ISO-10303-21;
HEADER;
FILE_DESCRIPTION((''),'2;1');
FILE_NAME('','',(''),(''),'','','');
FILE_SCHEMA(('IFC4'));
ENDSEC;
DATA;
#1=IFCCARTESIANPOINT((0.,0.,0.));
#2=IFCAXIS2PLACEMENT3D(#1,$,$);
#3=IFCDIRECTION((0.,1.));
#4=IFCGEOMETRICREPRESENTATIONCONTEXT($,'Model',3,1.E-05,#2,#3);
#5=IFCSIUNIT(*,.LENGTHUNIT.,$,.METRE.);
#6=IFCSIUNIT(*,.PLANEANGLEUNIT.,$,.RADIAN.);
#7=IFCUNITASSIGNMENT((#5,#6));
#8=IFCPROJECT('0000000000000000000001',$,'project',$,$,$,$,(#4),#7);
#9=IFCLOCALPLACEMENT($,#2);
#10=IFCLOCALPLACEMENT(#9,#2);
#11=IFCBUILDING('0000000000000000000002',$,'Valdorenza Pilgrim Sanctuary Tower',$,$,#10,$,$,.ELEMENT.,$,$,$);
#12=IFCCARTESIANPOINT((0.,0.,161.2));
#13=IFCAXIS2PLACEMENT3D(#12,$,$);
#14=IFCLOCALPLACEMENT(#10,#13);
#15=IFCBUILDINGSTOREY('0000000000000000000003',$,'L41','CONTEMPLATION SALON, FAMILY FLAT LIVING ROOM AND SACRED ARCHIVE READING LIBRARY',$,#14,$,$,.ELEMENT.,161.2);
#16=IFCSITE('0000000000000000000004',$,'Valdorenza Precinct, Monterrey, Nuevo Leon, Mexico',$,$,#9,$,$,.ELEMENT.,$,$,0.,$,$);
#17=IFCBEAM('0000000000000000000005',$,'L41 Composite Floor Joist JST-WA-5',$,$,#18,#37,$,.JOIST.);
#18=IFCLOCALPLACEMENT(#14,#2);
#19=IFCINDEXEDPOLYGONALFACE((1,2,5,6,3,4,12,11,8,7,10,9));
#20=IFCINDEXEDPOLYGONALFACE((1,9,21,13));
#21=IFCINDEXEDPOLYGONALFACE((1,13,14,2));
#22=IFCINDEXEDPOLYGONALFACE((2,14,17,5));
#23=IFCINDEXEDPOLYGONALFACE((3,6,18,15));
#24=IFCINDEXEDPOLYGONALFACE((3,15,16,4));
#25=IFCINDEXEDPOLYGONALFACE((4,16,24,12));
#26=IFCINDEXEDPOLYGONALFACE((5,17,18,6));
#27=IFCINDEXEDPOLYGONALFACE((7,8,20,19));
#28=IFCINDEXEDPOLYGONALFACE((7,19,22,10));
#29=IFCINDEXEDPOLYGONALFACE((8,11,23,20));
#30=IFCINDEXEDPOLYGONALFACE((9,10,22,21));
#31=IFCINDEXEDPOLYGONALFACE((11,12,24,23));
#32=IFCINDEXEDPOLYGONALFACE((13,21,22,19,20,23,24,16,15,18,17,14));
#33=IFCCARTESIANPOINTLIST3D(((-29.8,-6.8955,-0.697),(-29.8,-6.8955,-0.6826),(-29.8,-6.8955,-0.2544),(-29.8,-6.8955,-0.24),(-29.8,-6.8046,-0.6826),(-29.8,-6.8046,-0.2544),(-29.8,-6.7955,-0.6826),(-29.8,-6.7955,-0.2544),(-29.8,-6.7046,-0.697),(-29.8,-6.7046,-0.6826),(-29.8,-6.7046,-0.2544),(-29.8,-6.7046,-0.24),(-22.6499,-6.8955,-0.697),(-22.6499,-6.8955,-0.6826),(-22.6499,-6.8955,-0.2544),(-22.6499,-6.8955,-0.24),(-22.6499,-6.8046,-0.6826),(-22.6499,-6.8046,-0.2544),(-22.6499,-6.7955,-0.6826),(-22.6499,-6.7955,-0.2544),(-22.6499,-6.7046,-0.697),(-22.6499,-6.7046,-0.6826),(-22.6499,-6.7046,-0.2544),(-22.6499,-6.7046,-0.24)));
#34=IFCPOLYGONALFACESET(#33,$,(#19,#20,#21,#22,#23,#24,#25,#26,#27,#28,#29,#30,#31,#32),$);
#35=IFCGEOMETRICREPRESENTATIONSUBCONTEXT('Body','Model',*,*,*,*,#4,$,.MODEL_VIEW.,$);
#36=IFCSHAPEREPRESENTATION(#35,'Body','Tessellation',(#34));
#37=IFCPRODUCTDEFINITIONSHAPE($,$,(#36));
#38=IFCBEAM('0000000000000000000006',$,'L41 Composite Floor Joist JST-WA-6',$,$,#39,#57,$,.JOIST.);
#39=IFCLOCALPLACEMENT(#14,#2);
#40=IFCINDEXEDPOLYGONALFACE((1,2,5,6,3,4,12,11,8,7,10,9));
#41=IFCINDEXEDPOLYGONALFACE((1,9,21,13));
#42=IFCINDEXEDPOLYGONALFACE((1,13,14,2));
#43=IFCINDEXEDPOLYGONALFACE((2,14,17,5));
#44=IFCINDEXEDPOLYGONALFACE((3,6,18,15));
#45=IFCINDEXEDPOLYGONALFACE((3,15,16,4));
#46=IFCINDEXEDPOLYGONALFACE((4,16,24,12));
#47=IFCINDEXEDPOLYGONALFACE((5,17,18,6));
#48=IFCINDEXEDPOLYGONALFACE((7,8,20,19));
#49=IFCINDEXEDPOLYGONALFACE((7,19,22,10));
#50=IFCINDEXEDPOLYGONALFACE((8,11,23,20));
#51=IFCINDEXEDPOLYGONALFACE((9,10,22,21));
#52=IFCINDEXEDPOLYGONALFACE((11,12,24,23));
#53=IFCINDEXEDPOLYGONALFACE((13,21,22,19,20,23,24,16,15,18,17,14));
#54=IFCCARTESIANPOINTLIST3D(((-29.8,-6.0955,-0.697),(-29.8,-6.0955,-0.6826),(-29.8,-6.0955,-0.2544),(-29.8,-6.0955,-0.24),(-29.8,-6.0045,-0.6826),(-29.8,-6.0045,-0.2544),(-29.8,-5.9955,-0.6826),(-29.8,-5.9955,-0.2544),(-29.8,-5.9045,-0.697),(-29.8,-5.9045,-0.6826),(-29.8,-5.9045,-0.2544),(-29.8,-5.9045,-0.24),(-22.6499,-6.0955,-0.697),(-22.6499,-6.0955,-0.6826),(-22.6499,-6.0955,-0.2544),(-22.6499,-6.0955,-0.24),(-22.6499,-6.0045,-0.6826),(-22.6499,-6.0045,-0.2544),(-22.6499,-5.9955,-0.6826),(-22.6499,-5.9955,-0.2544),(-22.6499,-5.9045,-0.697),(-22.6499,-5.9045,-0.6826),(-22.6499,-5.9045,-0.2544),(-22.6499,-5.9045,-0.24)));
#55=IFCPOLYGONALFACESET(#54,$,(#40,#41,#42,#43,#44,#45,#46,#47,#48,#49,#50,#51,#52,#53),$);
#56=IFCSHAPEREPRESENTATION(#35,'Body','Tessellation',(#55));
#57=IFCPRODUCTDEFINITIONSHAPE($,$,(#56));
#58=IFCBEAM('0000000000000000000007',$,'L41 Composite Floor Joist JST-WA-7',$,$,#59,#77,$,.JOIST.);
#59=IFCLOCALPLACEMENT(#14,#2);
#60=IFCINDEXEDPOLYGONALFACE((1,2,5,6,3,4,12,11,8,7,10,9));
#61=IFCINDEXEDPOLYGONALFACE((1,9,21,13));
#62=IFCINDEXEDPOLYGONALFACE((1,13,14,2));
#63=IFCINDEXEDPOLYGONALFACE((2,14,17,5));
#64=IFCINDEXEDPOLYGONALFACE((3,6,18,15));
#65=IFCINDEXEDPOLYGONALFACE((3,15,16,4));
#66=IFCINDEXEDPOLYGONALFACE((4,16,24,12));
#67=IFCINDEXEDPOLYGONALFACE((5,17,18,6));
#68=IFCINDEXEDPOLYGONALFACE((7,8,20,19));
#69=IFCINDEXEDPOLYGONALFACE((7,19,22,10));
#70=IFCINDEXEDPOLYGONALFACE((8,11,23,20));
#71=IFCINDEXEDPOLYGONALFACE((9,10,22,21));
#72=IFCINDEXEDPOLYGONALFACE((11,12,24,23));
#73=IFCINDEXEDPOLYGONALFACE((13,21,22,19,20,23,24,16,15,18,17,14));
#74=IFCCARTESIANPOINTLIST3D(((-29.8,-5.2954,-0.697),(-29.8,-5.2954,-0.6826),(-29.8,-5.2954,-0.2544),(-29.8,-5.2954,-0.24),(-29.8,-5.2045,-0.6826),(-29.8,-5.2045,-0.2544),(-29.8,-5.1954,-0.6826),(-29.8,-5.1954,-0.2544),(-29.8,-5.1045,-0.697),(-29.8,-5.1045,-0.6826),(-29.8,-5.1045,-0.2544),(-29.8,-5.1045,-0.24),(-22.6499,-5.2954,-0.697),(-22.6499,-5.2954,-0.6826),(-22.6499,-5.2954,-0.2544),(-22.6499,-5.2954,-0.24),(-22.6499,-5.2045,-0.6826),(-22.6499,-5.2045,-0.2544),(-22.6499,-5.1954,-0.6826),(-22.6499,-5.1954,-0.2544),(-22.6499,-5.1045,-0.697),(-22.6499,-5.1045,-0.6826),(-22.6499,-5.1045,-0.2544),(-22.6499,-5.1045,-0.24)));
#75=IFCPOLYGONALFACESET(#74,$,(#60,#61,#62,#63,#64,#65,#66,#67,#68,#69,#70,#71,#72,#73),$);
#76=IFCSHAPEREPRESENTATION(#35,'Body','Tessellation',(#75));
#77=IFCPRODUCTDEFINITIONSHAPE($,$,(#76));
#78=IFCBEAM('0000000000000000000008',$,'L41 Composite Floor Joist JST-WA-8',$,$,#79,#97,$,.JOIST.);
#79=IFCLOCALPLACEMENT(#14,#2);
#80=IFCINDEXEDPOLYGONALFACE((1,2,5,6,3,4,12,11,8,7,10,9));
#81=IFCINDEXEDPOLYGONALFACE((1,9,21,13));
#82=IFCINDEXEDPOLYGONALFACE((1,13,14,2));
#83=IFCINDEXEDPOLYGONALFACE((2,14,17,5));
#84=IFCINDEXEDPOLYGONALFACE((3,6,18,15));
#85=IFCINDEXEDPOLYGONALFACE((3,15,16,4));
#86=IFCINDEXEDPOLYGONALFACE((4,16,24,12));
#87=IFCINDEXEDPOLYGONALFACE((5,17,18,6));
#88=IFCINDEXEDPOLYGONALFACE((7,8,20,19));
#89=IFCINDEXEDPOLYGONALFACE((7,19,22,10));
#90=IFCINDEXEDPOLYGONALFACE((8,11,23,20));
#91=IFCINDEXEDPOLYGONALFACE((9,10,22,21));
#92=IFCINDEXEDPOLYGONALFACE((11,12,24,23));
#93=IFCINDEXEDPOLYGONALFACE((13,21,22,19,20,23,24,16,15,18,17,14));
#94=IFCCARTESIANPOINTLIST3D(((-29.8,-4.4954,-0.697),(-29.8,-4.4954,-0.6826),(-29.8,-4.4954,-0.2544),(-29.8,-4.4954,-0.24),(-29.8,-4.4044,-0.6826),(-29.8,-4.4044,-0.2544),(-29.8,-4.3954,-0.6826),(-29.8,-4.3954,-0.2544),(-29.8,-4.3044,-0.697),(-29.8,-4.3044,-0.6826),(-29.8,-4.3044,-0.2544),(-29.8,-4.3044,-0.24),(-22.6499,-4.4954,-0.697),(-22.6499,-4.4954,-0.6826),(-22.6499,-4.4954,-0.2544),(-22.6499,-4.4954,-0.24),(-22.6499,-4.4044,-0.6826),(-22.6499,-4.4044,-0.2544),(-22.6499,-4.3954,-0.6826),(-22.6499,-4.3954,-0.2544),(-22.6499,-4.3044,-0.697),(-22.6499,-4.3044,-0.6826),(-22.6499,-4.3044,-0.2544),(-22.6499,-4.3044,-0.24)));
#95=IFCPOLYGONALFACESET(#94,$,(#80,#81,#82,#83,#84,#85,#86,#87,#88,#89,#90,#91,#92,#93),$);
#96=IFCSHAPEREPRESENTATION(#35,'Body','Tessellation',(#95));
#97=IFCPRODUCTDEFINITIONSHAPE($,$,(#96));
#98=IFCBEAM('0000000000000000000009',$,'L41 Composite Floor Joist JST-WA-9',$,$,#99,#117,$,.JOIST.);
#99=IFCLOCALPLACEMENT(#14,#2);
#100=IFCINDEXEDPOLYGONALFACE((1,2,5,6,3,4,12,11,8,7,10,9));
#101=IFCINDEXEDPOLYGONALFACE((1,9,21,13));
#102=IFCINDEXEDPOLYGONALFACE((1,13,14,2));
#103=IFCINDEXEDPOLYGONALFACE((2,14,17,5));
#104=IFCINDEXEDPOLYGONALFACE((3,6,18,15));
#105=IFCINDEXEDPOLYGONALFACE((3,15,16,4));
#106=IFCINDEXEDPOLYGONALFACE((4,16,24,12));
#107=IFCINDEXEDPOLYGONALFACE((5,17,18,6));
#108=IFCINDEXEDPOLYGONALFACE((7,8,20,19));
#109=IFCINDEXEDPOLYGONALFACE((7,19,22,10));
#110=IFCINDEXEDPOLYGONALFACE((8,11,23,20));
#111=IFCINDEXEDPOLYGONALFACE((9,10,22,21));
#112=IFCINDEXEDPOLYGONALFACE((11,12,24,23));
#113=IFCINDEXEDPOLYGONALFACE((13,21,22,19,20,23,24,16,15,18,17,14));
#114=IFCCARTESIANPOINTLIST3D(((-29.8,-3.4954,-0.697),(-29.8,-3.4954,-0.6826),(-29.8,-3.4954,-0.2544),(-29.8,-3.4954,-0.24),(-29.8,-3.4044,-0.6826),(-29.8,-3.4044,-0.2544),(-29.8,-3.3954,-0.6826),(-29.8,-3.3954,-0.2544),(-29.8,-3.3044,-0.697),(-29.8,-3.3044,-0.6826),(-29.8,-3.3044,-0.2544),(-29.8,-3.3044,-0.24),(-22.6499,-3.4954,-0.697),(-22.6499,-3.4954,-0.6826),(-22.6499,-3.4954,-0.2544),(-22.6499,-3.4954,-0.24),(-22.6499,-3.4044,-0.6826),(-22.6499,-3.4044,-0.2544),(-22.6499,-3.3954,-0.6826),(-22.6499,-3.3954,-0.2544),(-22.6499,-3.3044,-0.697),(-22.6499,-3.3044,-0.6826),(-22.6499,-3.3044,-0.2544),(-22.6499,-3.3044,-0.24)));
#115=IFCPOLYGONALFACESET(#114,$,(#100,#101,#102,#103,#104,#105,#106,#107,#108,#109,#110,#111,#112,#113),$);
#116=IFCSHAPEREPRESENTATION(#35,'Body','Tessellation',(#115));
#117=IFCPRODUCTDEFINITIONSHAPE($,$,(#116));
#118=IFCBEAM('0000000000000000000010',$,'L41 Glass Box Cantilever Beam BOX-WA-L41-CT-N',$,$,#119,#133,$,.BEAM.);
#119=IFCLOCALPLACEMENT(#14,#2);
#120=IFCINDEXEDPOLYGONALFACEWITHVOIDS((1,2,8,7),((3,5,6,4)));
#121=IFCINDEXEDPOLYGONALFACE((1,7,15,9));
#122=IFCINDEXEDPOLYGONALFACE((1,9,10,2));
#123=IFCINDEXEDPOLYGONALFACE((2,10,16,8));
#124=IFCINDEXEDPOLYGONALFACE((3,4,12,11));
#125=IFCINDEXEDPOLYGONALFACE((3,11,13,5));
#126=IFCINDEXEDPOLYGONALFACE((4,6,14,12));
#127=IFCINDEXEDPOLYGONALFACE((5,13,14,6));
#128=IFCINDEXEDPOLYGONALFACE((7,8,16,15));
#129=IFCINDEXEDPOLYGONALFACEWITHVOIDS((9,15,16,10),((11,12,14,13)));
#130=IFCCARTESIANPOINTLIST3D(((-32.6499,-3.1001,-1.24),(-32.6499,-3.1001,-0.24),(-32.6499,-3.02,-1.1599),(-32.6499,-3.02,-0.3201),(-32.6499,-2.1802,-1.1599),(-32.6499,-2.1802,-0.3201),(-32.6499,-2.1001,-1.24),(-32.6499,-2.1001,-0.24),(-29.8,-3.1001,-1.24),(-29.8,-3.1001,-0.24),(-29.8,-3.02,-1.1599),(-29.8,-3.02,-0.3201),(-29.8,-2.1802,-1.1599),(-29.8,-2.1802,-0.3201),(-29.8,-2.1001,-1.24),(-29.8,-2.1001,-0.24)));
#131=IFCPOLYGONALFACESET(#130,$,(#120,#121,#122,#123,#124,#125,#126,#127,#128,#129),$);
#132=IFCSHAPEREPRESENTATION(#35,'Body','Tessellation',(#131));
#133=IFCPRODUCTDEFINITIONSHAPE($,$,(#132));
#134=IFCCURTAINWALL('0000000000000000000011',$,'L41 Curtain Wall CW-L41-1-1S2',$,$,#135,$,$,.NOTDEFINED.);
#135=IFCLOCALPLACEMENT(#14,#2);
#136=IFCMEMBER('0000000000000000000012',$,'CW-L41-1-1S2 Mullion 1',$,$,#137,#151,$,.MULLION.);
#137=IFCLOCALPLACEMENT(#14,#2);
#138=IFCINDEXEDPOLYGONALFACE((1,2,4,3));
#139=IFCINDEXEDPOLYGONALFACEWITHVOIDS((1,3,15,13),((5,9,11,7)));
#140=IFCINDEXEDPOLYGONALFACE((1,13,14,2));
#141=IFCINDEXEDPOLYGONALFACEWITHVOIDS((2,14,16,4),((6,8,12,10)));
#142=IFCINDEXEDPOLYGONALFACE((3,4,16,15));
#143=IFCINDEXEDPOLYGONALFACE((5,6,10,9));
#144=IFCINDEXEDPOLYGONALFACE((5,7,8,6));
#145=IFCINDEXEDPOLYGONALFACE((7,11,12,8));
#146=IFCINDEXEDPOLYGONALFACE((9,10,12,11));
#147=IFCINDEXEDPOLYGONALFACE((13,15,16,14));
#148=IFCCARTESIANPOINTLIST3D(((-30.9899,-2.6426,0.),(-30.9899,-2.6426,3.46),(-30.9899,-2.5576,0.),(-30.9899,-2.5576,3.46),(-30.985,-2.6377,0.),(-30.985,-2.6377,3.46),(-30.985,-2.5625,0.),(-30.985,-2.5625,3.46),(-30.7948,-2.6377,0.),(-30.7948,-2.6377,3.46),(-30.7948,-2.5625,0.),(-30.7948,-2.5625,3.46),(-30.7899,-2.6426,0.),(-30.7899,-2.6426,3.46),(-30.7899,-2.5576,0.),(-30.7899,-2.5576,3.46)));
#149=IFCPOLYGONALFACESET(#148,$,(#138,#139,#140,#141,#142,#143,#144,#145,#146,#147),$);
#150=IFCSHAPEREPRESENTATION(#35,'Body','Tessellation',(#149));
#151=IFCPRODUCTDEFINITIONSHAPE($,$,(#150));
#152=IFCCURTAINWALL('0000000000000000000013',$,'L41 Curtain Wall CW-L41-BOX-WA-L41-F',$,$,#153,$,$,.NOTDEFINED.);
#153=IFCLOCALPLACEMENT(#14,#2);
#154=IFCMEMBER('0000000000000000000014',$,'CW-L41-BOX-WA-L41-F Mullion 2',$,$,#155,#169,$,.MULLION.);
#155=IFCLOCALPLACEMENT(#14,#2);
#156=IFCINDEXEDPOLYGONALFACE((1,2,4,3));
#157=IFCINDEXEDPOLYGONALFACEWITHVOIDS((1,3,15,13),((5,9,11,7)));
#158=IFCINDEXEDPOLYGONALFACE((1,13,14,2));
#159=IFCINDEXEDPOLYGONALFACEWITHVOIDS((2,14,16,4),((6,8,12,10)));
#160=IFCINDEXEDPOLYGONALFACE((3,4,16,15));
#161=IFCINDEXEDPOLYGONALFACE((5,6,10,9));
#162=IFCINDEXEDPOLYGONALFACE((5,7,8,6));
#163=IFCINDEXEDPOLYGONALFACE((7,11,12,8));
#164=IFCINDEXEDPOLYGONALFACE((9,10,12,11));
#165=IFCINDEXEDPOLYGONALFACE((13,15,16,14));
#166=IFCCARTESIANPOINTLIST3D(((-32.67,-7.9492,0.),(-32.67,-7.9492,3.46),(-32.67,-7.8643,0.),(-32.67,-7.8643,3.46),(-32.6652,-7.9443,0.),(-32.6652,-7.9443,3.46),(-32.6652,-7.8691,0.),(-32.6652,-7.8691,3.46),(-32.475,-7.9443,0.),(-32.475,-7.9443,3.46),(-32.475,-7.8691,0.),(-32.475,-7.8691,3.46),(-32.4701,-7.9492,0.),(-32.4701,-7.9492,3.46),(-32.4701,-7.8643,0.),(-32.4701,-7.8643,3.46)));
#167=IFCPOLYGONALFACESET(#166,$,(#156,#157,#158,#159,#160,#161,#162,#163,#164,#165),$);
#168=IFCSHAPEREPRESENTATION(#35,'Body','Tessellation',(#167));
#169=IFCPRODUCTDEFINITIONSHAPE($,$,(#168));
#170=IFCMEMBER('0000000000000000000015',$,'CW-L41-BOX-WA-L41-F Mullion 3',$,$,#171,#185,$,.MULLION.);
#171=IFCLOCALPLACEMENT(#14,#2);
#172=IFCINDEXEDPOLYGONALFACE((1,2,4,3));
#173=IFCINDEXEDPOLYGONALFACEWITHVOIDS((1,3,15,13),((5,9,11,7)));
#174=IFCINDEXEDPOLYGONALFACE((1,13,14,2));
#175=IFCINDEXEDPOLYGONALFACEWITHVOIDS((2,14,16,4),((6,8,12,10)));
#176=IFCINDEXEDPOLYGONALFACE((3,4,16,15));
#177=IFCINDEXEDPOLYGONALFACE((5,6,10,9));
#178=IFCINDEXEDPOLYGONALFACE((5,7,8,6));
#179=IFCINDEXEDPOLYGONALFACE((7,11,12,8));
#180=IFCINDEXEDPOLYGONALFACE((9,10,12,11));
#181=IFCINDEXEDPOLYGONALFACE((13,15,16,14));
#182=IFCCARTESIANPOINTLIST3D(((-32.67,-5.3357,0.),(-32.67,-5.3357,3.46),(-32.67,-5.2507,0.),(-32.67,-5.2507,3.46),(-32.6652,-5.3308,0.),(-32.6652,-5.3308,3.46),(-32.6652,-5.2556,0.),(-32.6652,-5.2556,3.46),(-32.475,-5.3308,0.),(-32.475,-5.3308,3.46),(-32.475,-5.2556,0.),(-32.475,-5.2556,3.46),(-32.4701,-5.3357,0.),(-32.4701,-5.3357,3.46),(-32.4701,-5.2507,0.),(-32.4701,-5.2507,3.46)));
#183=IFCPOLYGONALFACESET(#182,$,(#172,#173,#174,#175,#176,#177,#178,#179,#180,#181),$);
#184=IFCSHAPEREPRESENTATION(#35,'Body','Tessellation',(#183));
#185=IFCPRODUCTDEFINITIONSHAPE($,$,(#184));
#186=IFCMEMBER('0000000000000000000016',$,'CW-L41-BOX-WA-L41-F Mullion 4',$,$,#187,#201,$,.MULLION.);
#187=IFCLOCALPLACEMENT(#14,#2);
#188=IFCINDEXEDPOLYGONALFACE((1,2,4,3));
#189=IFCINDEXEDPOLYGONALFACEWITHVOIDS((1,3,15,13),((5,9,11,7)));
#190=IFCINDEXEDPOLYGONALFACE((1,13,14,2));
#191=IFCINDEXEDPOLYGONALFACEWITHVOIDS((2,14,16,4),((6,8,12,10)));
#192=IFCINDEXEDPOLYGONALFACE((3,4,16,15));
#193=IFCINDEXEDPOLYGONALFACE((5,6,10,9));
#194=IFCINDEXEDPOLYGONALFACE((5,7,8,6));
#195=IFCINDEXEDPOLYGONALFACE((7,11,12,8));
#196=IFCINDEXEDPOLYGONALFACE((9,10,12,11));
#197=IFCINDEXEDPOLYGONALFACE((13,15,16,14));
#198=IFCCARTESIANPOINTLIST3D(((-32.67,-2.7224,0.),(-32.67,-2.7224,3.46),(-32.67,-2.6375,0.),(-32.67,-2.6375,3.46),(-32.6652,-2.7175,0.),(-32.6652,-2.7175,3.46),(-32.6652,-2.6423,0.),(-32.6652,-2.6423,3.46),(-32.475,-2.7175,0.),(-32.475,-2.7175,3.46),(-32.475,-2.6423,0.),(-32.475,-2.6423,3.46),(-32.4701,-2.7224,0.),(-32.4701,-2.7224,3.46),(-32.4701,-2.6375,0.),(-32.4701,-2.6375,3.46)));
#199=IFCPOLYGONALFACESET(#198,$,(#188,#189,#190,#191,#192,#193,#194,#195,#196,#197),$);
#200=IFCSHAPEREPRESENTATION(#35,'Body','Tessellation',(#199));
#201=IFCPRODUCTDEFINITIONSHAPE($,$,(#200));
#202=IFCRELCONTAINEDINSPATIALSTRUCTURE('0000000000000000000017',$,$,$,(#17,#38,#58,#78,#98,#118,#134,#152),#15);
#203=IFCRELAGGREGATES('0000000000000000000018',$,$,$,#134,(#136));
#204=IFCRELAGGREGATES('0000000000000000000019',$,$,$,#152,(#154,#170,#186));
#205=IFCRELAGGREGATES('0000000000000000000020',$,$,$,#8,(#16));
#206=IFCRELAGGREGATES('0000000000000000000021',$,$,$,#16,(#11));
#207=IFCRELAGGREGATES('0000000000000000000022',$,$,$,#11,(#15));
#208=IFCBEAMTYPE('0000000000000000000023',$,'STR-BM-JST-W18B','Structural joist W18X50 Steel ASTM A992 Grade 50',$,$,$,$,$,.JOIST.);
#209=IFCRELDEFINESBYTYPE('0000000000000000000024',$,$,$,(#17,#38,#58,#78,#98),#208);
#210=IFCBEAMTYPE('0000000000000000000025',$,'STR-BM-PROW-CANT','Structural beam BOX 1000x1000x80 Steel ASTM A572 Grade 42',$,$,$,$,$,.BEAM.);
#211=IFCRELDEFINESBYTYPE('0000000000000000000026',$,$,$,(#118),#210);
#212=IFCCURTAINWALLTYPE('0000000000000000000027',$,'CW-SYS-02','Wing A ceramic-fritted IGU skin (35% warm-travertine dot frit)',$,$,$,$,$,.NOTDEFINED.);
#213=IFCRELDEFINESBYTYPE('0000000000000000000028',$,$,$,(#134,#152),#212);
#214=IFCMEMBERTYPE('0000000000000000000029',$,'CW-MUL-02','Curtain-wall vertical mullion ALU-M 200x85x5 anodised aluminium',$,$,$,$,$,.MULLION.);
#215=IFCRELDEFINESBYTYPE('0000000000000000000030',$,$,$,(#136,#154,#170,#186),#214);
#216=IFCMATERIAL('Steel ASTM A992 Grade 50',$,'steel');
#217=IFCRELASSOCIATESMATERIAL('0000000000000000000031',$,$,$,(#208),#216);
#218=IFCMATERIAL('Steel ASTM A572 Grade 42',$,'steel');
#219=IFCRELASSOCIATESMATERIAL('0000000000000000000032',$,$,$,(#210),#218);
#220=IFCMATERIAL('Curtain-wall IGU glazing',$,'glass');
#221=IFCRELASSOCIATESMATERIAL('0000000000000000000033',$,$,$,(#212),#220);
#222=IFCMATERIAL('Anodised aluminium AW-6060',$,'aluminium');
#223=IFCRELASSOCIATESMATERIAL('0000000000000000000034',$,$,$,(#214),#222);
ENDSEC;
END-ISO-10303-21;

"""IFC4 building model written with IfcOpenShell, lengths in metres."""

from ifc_helpers import new_model, si_unit, direction, frame, origin, origin_2d, place, context, subcontext, project, spatial, hollow_rectangle, i_section, extrude, source, transform, mapped, material, material_profile, profile_set, type_object, element, aggregate, save


model = new_model("IFC4")

# Units and contexts
model_context = context("Model", 3, precision=1e-05, world=origin(), true_north=direction((0.0, 1.0)))
body_context = subcontext(model_context, "Body", "Model", "MODEL_VIEW")
ifc_project = project(units=[si_unit("LENGTHUNIT", "METRE"), si_unit("PLANEANGLEUNIT", "RADIAN")], contexts=[model_context])

# Site, building, storey
site_placement = place(None, origin())
site = spatial("IfcSite", under=ifc_project, at=site_placement, Name="Valdorenza Precinct, Monterrey, Nuevo Leon, Mexico", CompositionType="ELEMENT", RefElevation=0.0)
building_placement = place(site_placement, origin())
building = spatial("IfcBuilding", under=site, at=building_placement, Name="Valdorenza Pilgrim Sanctuary Tower", CompositionType="ELEMENT")
storey_placement = place(building_placement, frame((0.0, 0.0, 161.2)))
storey = spatial("IfcBuildingStorey", under=building, at=storey_placement, Name="L41", Description="CONTEMPLATION SALON, FAMILY FLAT LIVING ROOM AND SACRED ARCHIVE READING LIBRARY", CompositionType="ELEMENT", Elevation=161.2)

# Beams
ifc_material_1 = material(Name="Steel ASTM A992 Grade 50", Category="steel")
ifc_material_profile_1 = material_profile(ifc_material_1, i_section(OverallWidth=0.1909, OverallDepth=0.457, WebThickness=0.009, FlangeThickness=0.0144, at=origin_2d()), Name="W18X50")
ifc_profile_set_1 = profile_set([ifc_material_profile_1], Name="Steel ASTM A992 Grade 50")
beam_type_1 = type_object("IfcBeamType", Name="STR-BM-JST-W18B", Description="Structural joist W18X50 Steel ASTM A992 Grade 50", PredefinedType="JOIST", material=ifc_profile_set_1)
shared_shape_1 = source(origin(), body_context, "Body", "SweptSolid", [
    extrude(i_section(OverallWidth=0.1909, OverallDepth=0.457, WebThickness=0.009, FlangeThickness=0.0144, at=origin_2d()), origin(), (0.0, 0.0, 1.0), 7.1501),
])
for number, where, z_axis, x_axis, name in (
    (1, (-29.8, -6.8, -0.4685), (1.0, 0.0, 0.0), (0.0, 1.0, 0.0), "L41 Composite Floor Joist JST-WA-5"),
    (2, (-29.8, -6.0, -0.4685), (1.0, 0.0, 0.0), (0.0, 1.0, 0.0), "L41 Composite Floor Joist JST-WA-6"),
    (3, (-29.8, -5.2, -0.4685), (1.0, 0.0, 0.0), (0.0, 1.0, 0.0), "L41 Composite Floor Joist JST-WA-7"),
    (4, (-29.8, -4.3999, -0.4685), (1.0, 0.0, 0.0), (0.0, 1.0, 0.0), "L41 Composite Floor Joist JST-WA-8"),
    (5, (-29.8, -3.3999, -0.4685), (1.0, 0.0, 0.0), (0.0, 1.0, 0.0), "L41 Composite Floor Joist JST-WA-9"),
):
    element("IfcBeam", number, at=place(storey_placement, frame(where, z_axis=z_axis, x_axis=x_axis)), inside=storey, type_object=beam_type_1, Name=name, PredefinedType="JOIST", context=body_context, shape_type="MappedRepresentation", body=[
        mapped(shared_shape_1, transform((0.0, 0.0, 0.0), x_axis=(1.0, 0.0, 0.0), y_axis=(0.0, 1.0, 0.0), z_axis=(0.0, 0.0, 1.0), scale=1.0)),
    ])
ifc_material_2 = material(Name="Steel ASTM A572 Grade 42", Category="steel")
ifc_material_profile_2 = material_profile(ifc_material_2, hollow_rectangle(XDim=1.0, YDim=1.0, WallThickness=0.0801, at=origin_2d()), Name="BOX 1000x1000x80")
ifc_profile_set_2 = profile_set([ifc_material_profile_2], Name="Steel ASTM A572 Grade 42")
beam_type_2 = type_object("IfcBeamType", Name="STR-BM-PROW-CANT", Description="Structural beam BOX 1000x1000x80 Steel ASTM A572 Grade 42", PredefinedType="BEAM", material=ifc_profile_set_2)
shared_shape_2 = source(origin(), body_context, "Body", "SweptSolid", [
    extrude(hollow_rectangle(XDim=1.0, YDim=1.0, WallThickness=0.0801, at=origin_2d()), origin(), (0.0, 0.0, 1.0), 2.8499),
])
beam_1_placement = place(storey_placement, frame((-29.8, -2.6001, -0.74), z_axis=(-1.0, 0.0, 0.0), x_axis=(0.0, -1.0, 0.0)))
element("IfcBeam", 6, at=beam_1_placement, inside=storey, type_object=beam_type_2, Name="L41 Glass Box Cantilever Beam BOX-WA-L41-CT-N", PredefinedType="BEAM", context=body_context, shape_type="MappedRepresentation", body=[
    mapped(shared_shape_2, transform((0.0, 0.0, 0.0), x_axis=(1.0, 0.0, 0.0), y_axis=(0.0, 1.0, 0.0), z_axis=(0.0, 0.0, 1.0), scale=1.0)),
])

# Curtain wall, member
ifc_material_3 = material(Name="Curtain-wall IGU glazing", Category="glass")
curtain_wall_type = type_object("IfcCurtainWallType", Name="CW-SYS-02", Description="Wing A ceramic-fritted IGU skin (35% warm-travertine dot frit)", PredefinedType="NOTDEFINED", material=ifc_material_3)
curtain_wall_1_placement = place(storey_placement, origin())
curtain_wall_1 = element("IfcCurtainWall", 7, at=curtain_wall_1_placement, inside=storey, type_object=curtain_wall_type, Name="L41 Curtain Wall CW-L41-1-1S2", PredefinedType="NOTDEFINED")
ifc_material_4 = material(Name="Anodised aluminium AW-6060", Category="aluminium")
ifc_material_profile_3 = material_profile(ifc_material_4, hollow_rectangle(XDim=0.085, YDim=0.2, WallThickness=0.0049, at=origin_2d()), Name="ALU-M 200x85x5")
ifc_profile_set_3 = profile_set([ifc_material_profile_3], Name="Anodised aluminium AW-6060")
member_type_1 = type_object("IfcMemberType", Name="CW-MUL-02", Description="Curtain-wall vertical mullion ALU-M 200x85x5 anodised aluminium", PredefinedType="MULLION", material=ifc_profile_set_3)
shared_shape_3 = source(origin(), body_context, "Body", "SweptSolid", [
    extrude(hollow_rectangle(XDim=0.085, YDim=0.2, WallThickness=0.0049, at=origin_2d()), origin(), (0.0, 0.0, 1.0), 3.46),
])
member_1_placement = place(storey_placement, frame((-30.8899, -2.6001, 0.0), z_axis=(0.0, 0.0, 1.0), x_axis=(0.0, 1.0, 0.0)))
member_1 = element("IfcMember", 8, at=member_1_placement, type_object=member_type_1, Name="CW-L41-1-1S2 Mullion 1", PredefinedType="MULLION", context=body_context, shape_type="MappedRepresentation", body=[
    mapped(shared_shape_3, transform((0.0, 0.0, 0.0), x_axis=(1.0, 0.0, 0.0), y_axis=(0.0, 1.0, 0.0), z_axis=(0.0, 0.0, 1.0), scale=1.0)),
])

# Curtain wall, members
curtain_wall_2_placement = place(storey_placement, origin())
curtain_wall_2 = element("IfcCurtainWall", 9, at=curtain_wall_2_placement, inside=storey, type_object=curtain_wall_type, Name="L41 Curtain Wall CW-L41-BOX-WA-L41-F", PredefinedType="NOTDEFINED")
member_2_placement = place(storey_placement, frame((-32.5701, -7.9067, 0.0), z_axis=(0.0, 0.0, 1.0), x_axis=(0.0, 1.0, 0.0)))
member_2 = element("IfcMember", 10, at=member_2_placement, type_object=member_type_1, Name="CW-L41-BOX-WA-L41-F Mullion 2", PredefinedType="MULLION", context=body_context, shape_type="MappedRepresentation", body=[
    mapped(shared_shape_3, transform((0.0, 0.0, 0.0), x_axis=(1.0, 0.0, 0.0), y_axis=(0.0, 1.0, 0.0), z_axis=(0.0, 0.0, 1.0), scale=1.0)),
])
member_3_placement = place(storey_placement, frame((-32.5701, -5.2932, 0.0), z_axis=(0.0, 0.0, 1.0), x_axis=(0.0, 1.0, 0.0)))
member_3 = element("IfcMember", 11, at=member_3_placement, type_object=member_type_1, Name="CW-L41-BOX-WA-L41-F Mullion 3", PredefinedType="MULLION", context=body_context, shape_type="MappedRepresentation", body=[
    mapped(shared_shape_3, transform((0.0, 0.0, 0.0), x_axis=(1.0, 0.0, 0.0), y_axis=(0.0, 1.0, 0.0), z_axis=(0.0, 0.0, 1.0), scale=1.0)),
])
member_4_placement = place(storey_placement, frame((-32.5701, -2.6799, 0.0), z_axis=(0.0, 0.0, 1.0), x_axis=(0.0, 1.0, 0.0)))
member_4 = element("IfcMember", 12, at=member_4_placement, type_object=member_type_1, Name="CW-L41-BOX-WA-L41-F Mullion 4", PredefinedType="MULLION", context=body_context, shape_type="MappedRepresentation", body=[
    mapped(shared_shape_3, transform((0.0, 0.0, 0.0), x_axis=(1.0, 0.0, 0.0), y_axis=(0.0, 1.0, 0.0), z_axis=(0.0, 0.0, 1.0), scale=1.0)),
])

aggregate(curtain_wall_1, [member_1])

aggregate(curtain_wall_2, [member_2, member_3, member_4])

save(model, "model.ifc")
